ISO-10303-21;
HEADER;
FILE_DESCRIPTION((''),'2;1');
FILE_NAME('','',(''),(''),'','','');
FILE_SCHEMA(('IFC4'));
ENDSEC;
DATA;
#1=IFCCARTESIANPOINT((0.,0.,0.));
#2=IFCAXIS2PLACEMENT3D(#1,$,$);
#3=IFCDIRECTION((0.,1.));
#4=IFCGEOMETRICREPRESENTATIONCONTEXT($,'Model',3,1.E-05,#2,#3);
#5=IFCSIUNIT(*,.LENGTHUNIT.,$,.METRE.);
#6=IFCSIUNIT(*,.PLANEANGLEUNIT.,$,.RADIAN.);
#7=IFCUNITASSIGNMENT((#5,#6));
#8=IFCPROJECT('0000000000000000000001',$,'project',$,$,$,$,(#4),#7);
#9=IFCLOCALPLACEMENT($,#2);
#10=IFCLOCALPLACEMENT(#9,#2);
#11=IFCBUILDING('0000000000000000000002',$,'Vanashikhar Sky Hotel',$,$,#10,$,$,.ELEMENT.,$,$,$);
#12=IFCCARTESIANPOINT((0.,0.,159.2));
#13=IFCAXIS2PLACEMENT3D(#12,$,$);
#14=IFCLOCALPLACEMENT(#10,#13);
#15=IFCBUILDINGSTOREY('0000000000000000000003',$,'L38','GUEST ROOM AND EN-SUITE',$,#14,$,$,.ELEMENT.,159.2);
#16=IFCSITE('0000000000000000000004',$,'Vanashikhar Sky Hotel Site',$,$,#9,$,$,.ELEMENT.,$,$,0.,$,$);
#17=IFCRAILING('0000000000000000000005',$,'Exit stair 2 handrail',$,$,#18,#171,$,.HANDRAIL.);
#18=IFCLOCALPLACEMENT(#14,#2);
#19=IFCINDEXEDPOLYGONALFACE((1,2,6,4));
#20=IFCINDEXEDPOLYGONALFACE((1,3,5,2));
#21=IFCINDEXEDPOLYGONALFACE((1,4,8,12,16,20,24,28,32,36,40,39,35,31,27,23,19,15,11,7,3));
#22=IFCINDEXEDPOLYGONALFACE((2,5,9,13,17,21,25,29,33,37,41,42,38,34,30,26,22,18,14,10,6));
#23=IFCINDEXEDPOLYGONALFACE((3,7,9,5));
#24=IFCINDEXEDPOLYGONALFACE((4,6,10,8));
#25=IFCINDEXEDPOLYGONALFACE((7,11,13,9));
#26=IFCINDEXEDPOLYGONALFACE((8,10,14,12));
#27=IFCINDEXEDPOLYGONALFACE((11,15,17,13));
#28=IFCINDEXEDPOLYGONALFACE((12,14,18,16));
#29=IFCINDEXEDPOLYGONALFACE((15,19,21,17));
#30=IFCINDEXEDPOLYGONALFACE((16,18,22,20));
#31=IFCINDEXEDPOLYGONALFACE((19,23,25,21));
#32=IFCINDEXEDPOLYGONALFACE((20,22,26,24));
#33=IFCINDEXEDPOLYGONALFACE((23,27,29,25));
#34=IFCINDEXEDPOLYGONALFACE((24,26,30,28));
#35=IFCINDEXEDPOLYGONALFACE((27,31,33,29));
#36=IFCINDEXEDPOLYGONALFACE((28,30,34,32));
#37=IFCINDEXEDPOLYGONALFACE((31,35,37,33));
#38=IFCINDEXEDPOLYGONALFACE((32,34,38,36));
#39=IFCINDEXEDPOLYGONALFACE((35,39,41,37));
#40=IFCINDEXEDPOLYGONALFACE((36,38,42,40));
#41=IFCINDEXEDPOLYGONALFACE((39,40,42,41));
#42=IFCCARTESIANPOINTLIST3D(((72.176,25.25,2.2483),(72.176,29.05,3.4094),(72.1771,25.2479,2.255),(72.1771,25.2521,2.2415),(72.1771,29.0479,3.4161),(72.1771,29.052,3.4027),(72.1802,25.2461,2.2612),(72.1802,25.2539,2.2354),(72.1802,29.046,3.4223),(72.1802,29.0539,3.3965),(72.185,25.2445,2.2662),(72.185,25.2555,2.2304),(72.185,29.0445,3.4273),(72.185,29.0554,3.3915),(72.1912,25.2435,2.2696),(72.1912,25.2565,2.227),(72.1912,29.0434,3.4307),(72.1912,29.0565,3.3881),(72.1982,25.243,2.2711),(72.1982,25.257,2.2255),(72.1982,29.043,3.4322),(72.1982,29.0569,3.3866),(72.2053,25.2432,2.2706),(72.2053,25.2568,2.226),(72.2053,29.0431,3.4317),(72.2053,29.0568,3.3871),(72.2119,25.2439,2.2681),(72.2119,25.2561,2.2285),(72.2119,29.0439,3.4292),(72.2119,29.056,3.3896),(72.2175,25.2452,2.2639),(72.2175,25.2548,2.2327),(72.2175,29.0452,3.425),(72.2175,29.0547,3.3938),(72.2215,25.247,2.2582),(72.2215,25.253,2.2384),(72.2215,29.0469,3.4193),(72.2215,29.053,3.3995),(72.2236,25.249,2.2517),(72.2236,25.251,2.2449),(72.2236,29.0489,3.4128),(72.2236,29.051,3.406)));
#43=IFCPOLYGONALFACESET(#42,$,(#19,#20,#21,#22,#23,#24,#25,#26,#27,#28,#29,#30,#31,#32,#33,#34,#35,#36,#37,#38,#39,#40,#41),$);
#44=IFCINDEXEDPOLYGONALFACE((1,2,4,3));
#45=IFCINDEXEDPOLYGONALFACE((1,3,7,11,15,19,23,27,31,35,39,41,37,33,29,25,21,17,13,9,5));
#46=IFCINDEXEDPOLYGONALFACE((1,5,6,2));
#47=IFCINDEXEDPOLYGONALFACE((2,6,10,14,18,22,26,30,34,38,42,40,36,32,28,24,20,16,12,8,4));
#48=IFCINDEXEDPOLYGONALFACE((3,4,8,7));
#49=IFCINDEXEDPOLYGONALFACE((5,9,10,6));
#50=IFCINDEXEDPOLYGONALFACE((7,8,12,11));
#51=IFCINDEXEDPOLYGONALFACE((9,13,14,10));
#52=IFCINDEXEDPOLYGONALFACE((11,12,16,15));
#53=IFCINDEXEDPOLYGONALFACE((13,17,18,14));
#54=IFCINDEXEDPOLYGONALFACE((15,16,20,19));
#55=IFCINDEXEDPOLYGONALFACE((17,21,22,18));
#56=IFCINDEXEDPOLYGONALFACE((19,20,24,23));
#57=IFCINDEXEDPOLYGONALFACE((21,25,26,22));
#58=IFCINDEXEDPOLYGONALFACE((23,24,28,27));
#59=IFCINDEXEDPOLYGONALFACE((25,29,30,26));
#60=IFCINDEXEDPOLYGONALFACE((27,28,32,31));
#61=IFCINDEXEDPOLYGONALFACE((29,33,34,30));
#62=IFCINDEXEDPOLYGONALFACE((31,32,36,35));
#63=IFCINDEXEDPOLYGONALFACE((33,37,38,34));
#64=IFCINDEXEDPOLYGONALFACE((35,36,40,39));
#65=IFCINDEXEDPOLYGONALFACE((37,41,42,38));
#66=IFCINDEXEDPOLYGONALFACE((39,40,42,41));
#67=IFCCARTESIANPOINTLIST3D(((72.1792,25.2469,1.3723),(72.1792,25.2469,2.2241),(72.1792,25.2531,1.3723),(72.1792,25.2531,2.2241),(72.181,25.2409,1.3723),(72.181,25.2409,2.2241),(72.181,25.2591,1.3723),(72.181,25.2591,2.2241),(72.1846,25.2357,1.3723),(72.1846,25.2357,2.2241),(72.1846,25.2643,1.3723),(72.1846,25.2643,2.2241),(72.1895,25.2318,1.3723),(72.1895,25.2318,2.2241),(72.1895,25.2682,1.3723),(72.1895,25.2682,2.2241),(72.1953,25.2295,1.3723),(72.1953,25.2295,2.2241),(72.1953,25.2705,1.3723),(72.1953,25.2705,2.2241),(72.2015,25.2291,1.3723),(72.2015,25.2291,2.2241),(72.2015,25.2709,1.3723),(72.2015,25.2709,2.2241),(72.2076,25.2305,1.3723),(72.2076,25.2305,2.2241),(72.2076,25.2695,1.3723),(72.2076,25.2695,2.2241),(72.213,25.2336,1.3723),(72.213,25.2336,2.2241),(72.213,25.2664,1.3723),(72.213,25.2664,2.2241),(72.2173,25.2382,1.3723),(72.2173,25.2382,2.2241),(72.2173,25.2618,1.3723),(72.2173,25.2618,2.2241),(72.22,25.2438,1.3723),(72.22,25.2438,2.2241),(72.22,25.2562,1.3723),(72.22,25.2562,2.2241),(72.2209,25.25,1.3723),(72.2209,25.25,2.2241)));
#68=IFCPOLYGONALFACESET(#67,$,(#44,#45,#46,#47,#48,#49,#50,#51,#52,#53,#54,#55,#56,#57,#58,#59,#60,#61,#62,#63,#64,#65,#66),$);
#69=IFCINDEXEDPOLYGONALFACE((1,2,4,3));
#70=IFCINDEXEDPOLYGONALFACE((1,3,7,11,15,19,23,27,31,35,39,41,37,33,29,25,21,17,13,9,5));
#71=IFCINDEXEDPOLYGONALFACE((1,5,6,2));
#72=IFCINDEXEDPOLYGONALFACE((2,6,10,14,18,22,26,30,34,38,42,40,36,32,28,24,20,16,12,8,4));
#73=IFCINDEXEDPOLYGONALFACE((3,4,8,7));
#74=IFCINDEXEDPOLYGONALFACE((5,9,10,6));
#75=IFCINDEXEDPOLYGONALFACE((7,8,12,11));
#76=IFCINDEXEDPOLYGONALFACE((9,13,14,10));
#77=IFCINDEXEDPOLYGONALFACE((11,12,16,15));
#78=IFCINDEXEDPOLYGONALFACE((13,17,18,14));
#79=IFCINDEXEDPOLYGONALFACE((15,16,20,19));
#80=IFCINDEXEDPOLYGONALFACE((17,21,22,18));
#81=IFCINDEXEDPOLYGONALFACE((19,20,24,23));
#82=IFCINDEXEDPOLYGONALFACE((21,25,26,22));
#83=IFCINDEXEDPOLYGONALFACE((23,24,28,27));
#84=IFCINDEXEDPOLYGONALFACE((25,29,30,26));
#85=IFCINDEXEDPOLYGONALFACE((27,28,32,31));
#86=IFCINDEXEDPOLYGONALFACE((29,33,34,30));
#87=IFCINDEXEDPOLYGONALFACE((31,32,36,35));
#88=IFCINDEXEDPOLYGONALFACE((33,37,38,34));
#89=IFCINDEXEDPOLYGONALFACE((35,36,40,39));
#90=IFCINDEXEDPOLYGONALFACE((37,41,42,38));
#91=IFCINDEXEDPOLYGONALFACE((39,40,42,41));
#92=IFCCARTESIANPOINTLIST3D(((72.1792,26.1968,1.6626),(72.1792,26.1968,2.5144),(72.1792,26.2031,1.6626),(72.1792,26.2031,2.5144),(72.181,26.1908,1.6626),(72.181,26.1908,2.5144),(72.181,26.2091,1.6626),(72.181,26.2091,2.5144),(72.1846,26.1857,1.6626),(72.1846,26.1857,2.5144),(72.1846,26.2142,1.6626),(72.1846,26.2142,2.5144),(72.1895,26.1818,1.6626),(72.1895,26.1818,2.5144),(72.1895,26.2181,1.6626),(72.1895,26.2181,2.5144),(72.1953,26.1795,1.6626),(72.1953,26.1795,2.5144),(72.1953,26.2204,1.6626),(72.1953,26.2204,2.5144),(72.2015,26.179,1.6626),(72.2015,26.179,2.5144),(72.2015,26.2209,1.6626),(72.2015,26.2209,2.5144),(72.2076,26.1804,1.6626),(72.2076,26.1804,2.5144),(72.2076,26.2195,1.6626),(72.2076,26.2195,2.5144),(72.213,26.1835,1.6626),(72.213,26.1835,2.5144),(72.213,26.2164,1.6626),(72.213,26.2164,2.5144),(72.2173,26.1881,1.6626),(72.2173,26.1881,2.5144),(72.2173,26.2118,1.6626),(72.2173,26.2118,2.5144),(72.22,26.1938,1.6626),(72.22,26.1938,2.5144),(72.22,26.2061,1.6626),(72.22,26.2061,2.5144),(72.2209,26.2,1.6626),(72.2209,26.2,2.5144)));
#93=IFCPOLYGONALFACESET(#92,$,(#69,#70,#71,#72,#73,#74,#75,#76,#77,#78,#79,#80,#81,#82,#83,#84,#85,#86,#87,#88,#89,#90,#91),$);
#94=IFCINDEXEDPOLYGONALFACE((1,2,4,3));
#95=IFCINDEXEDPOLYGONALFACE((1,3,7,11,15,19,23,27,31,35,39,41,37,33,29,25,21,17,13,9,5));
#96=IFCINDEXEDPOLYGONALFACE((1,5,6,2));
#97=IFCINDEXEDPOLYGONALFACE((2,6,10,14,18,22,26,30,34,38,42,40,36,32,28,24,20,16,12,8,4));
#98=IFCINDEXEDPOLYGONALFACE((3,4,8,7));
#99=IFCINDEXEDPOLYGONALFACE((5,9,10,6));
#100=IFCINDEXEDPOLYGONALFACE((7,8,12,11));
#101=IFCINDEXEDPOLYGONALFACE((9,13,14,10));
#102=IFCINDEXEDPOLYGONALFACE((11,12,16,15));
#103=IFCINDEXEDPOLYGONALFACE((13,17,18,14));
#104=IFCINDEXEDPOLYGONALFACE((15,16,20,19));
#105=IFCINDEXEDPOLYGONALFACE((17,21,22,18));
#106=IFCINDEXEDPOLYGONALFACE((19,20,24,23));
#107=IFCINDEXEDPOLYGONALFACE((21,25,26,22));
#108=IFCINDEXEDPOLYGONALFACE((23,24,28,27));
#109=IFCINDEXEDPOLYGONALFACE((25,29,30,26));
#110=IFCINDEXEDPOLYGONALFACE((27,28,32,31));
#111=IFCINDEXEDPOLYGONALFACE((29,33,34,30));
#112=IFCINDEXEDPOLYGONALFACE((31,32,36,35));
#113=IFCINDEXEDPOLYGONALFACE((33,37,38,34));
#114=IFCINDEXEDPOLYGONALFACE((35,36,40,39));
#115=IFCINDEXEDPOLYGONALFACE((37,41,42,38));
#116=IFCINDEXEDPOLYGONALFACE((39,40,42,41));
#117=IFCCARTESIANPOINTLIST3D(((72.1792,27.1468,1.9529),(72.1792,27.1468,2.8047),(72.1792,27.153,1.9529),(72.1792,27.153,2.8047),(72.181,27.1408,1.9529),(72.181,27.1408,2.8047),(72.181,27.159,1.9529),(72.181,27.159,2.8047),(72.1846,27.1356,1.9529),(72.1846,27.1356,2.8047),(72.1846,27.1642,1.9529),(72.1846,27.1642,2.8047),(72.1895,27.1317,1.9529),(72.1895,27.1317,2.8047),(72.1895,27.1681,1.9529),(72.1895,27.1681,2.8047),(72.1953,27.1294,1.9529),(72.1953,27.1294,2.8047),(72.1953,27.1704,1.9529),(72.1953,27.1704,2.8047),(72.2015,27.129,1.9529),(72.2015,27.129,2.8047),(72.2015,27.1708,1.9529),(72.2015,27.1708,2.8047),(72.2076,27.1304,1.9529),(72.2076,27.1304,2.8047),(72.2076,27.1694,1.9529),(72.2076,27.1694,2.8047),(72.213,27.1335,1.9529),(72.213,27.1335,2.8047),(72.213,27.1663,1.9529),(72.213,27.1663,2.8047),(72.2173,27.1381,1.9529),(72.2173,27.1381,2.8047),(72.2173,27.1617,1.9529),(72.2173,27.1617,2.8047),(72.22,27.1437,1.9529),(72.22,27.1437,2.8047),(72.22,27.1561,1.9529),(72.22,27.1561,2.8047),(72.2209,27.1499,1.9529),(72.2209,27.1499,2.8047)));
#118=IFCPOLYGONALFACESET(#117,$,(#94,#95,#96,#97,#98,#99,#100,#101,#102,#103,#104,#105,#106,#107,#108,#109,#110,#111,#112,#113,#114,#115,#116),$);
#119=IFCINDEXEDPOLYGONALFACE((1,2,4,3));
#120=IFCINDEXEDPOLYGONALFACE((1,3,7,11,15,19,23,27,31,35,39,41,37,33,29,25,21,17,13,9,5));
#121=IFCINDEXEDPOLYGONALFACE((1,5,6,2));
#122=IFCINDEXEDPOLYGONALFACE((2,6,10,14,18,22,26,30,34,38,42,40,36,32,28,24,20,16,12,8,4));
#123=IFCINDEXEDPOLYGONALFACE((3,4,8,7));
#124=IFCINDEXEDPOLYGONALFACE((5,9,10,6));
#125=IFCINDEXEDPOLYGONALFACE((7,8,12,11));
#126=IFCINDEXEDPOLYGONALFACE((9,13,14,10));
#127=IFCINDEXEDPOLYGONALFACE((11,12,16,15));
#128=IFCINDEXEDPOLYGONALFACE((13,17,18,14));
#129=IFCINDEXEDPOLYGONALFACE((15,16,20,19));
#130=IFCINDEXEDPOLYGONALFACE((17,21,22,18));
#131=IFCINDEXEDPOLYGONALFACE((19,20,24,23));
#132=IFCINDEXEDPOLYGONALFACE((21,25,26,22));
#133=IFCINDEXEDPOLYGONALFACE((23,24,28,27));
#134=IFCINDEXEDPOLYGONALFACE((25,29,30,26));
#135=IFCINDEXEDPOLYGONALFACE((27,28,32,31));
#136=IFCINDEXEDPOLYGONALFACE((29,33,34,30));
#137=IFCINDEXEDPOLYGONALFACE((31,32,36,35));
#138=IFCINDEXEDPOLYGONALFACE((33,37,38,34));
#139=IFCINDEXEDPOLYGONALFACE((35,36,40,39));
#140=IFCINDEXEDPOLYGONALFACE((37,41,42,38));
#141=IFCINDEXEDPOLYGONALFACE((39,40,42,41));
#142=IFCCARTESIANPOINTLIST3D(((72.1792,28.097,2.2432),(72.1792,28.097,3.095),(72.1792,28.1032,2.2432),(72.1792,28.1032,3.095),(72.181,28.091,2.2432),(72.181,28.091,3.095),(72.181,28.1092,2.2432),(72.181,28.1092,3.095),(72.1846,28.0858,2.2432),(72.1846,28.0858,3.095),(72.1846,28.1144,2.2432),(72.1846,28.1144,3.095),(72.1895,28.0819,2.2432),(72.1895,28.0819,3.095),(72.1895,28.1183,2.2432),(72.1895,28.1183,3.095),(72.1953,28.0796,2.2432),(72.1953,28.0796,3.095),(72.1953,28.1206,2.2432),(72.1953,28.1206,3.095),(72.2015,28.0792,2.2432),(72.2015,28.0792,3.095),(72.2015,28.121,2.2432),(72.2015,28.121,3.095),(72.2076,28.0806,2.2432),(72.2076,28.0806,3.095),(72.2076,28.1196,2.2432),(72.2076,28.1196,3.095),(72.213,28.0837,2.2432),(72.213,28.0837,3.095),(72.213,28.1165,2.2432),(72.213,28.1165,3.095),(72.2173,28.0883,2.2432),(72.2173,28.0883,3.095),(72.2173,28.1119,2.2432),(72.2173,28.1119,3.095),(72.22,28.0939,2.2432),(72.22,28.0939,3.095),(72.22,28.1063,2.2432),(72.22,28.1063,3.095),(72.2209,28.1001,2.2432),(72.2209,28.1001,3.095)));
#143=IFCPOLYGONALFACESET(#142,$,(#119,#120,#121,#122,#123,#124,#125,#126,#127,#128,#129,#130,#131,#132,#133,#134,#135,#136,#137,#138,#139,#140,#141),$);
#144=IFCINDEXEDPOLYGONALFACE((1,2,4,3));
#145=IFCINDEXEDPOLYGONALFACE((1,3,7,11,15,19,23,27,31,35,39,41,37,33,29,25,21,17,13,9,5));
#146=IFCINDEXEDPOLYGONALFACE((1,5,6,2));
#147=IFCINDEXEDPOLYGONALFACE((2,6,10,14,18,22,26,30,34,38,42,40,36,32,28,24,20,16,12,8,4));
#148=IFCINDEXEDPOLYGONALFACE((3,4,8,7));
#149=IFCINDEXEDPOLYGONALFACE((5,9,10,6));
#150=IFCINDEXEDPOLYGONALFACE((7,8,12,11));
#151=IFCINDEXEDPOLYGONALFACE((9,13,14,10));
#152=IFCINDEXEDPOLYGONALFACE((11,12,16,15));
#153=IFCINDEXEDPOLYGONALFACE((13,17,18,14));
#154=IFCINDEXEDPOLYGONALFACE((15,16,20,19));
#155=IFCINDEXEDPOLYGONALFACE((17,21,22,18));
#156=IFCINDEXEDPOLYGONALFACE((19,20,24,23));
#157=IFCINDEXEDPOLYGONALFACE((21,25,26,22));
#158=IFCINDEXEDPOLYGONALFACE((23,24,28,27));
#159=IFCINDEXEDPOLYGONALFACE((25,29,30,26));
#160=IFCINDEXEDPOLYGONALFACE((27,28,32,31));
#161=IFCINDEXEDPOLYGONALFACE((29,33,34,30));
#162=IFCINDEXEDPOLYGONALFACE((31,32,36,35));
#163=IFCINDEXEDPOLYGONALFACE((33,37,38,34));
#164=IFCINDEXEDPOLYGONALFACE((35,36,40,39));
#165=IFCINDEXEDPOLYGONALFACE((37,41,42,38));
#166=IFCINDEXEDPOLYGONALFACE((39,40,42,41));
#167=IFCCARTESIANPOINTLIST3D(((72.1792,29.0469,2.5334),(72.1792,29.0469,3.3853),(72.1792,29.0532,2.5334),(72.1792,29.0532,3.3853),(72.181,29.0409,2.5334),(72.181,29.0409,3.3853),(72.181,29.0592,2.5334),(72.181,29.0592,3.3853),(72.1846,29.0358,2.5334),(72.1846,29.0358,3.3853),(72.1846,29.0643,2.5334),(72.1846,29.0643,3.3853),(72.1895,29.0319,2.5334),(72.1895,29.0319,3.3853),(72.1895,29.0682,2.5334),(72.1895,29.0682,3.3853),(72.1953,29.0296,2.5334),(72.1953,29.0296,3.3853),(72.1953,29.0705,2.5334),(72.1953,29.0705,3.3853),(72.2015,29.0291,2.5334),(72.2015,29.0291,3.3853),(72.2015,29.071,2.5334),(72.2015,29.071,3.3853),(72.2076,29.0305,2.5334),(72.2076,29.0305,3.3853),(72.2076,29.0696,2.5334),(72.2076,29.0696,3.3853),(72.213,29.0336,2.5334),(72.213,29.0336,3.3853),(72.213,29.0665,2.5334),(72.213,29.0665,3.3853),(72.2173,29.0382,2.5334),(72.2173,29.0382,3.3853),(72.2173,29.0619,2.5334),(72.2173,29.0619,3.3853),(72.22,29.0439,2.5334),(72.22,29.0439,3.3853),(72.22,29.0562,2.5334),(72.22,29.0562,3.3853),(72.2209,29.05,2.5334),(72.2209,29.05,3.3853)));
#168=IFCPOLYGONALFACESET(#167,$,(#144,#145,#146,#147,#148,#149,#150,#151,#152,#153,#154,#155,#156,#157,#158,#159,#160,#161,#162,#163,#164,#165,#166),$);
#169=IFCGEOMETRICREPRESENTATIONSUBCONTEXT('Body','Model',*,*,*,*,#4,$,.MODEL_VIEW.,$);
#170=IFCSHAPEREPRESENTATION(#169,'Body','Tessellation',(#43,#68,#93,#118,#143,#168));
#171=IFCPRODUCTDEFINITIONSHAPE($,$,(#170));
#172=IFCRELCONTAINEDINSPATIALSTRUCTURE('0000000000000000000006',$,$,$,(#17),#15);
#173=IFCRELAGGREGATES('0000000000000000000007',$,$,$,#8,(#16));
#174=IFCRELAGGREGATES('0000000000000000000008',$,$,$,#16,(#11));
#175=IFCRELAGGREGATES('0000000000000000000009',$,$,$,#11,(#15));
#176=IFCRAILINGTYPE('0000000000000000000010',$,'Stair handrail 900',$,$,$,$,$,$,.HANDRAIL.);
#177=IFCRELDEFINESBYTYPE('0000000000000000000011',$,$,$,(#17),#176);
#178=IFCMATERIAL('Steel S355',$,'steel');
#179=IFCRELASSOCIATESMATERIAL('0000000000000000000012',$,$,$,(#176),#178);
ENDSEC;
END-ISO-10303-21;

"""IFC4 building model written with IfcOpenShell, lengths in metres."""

from ifc_helpers import new_model, si_unit, direction, frame, origin, origin_2d, place, context, subcontext, project, spatial, circle, extrude, source, transform, mapped, material, type_object, element, save


model = new_model("IFC4")

# Units and contexts
model_context = context("Model", 3, precision=1e-05, world=origin(), true_north=direction((0.0, 1.0)))
body_context = subcontext(model_context, "Body", "Model", "MODEL_VIEW")
ifc_project = project(units=[si_unit("LENGTHUNIT", "METRE"), si_unit("PLANEANGLEUNIT", "RADIAN")], contexts=[model_context])

# Site, building, storey
site_placement = place(None, origin())
site = spatial("IfcSite", under=ifc_project, at=site_placement, Name="Vanashikhar Sky Hotel Site", CompositionType="ELEMENT", RefElevation=0.0)
building_placement = place(site_placement, origin())
building = spatial("IfcBuilding", under=site, at=building_placement, Name="Vanashikhar Sky Hotel", CompositionType="ELEMENT")
storey_placement = place(building_placement, frame((0.0, 0.0, 159.2)))
storey = spatial("IfcBuildingStorey", under=building, at=storey_placement, Name="L38", Description="GUEST ROOM AND EN-SUITE", CompositionType="ELEMENT", Elevation=159.2)

# Railing
ifc_material_1 = material(Name="Steel S355", Category="steel")
railing_type_1 = type_object("IfcRailingType", Name="Stair handrail 900", PredefinedType="HANDRAIL", material=ifc_material_1)
shared_shape_1 = source(origin(), body_context, "Body", "SweptSolid", [
    extrude(circle(Radius=0.0239, at=origin_2d()), frame((0.0, 0.0, 0.876), z_axis=(0.0, 0.956351, 0.29222), x_axis=(-1.0, 0.0, 0.0)), (0.0, 0.0, 1.0), 3.9734),
    extrude(circle(Radius=0.021, at=origin_2d()), origin(), (0.0, 0.0, 1.0), 0.8518),
    extrude(circle(Radius=0.021, at=origin_2d()), frame((0.0, 0.95, 0.2903)), (0.0, 0.0, 1.0), 0.8518),
    extrude(circle(Radius=0.021, at=origin_2d()), frame((0.0, 1.8999, 0.5806)), (0.0, 0.0, 1.0), 0.8518),
    extrude(circle(Radius=0.021, at=origin_2d()), frame((0.0, 2.8501, 0.8708)), (0.0, 0.0, 1.0), 0.8518),
    extrude(circle(Radius=0.021, at=origin_2d()), frame((0.0, 3.8, 1.1611)), (0.0, 0.0, 1.0), 0.8518),
])
railing_1_placement = place(storey_placement, frame((72.2, 25.25, 1.3723)))
element("IfcRailing", 1, at=railing_1_placement, inside=storey, type_object=railing_type_1, Name="Exit stair 2 handrail", PredefinedType="HANDRAIL", context=body_context, shape_type="MappedRepresentation", body=[
    mapped(shared_shape_1, transform((0.0, 0.0, 0.0), scale=1.0)),
])

save(model, "model.ifc")
